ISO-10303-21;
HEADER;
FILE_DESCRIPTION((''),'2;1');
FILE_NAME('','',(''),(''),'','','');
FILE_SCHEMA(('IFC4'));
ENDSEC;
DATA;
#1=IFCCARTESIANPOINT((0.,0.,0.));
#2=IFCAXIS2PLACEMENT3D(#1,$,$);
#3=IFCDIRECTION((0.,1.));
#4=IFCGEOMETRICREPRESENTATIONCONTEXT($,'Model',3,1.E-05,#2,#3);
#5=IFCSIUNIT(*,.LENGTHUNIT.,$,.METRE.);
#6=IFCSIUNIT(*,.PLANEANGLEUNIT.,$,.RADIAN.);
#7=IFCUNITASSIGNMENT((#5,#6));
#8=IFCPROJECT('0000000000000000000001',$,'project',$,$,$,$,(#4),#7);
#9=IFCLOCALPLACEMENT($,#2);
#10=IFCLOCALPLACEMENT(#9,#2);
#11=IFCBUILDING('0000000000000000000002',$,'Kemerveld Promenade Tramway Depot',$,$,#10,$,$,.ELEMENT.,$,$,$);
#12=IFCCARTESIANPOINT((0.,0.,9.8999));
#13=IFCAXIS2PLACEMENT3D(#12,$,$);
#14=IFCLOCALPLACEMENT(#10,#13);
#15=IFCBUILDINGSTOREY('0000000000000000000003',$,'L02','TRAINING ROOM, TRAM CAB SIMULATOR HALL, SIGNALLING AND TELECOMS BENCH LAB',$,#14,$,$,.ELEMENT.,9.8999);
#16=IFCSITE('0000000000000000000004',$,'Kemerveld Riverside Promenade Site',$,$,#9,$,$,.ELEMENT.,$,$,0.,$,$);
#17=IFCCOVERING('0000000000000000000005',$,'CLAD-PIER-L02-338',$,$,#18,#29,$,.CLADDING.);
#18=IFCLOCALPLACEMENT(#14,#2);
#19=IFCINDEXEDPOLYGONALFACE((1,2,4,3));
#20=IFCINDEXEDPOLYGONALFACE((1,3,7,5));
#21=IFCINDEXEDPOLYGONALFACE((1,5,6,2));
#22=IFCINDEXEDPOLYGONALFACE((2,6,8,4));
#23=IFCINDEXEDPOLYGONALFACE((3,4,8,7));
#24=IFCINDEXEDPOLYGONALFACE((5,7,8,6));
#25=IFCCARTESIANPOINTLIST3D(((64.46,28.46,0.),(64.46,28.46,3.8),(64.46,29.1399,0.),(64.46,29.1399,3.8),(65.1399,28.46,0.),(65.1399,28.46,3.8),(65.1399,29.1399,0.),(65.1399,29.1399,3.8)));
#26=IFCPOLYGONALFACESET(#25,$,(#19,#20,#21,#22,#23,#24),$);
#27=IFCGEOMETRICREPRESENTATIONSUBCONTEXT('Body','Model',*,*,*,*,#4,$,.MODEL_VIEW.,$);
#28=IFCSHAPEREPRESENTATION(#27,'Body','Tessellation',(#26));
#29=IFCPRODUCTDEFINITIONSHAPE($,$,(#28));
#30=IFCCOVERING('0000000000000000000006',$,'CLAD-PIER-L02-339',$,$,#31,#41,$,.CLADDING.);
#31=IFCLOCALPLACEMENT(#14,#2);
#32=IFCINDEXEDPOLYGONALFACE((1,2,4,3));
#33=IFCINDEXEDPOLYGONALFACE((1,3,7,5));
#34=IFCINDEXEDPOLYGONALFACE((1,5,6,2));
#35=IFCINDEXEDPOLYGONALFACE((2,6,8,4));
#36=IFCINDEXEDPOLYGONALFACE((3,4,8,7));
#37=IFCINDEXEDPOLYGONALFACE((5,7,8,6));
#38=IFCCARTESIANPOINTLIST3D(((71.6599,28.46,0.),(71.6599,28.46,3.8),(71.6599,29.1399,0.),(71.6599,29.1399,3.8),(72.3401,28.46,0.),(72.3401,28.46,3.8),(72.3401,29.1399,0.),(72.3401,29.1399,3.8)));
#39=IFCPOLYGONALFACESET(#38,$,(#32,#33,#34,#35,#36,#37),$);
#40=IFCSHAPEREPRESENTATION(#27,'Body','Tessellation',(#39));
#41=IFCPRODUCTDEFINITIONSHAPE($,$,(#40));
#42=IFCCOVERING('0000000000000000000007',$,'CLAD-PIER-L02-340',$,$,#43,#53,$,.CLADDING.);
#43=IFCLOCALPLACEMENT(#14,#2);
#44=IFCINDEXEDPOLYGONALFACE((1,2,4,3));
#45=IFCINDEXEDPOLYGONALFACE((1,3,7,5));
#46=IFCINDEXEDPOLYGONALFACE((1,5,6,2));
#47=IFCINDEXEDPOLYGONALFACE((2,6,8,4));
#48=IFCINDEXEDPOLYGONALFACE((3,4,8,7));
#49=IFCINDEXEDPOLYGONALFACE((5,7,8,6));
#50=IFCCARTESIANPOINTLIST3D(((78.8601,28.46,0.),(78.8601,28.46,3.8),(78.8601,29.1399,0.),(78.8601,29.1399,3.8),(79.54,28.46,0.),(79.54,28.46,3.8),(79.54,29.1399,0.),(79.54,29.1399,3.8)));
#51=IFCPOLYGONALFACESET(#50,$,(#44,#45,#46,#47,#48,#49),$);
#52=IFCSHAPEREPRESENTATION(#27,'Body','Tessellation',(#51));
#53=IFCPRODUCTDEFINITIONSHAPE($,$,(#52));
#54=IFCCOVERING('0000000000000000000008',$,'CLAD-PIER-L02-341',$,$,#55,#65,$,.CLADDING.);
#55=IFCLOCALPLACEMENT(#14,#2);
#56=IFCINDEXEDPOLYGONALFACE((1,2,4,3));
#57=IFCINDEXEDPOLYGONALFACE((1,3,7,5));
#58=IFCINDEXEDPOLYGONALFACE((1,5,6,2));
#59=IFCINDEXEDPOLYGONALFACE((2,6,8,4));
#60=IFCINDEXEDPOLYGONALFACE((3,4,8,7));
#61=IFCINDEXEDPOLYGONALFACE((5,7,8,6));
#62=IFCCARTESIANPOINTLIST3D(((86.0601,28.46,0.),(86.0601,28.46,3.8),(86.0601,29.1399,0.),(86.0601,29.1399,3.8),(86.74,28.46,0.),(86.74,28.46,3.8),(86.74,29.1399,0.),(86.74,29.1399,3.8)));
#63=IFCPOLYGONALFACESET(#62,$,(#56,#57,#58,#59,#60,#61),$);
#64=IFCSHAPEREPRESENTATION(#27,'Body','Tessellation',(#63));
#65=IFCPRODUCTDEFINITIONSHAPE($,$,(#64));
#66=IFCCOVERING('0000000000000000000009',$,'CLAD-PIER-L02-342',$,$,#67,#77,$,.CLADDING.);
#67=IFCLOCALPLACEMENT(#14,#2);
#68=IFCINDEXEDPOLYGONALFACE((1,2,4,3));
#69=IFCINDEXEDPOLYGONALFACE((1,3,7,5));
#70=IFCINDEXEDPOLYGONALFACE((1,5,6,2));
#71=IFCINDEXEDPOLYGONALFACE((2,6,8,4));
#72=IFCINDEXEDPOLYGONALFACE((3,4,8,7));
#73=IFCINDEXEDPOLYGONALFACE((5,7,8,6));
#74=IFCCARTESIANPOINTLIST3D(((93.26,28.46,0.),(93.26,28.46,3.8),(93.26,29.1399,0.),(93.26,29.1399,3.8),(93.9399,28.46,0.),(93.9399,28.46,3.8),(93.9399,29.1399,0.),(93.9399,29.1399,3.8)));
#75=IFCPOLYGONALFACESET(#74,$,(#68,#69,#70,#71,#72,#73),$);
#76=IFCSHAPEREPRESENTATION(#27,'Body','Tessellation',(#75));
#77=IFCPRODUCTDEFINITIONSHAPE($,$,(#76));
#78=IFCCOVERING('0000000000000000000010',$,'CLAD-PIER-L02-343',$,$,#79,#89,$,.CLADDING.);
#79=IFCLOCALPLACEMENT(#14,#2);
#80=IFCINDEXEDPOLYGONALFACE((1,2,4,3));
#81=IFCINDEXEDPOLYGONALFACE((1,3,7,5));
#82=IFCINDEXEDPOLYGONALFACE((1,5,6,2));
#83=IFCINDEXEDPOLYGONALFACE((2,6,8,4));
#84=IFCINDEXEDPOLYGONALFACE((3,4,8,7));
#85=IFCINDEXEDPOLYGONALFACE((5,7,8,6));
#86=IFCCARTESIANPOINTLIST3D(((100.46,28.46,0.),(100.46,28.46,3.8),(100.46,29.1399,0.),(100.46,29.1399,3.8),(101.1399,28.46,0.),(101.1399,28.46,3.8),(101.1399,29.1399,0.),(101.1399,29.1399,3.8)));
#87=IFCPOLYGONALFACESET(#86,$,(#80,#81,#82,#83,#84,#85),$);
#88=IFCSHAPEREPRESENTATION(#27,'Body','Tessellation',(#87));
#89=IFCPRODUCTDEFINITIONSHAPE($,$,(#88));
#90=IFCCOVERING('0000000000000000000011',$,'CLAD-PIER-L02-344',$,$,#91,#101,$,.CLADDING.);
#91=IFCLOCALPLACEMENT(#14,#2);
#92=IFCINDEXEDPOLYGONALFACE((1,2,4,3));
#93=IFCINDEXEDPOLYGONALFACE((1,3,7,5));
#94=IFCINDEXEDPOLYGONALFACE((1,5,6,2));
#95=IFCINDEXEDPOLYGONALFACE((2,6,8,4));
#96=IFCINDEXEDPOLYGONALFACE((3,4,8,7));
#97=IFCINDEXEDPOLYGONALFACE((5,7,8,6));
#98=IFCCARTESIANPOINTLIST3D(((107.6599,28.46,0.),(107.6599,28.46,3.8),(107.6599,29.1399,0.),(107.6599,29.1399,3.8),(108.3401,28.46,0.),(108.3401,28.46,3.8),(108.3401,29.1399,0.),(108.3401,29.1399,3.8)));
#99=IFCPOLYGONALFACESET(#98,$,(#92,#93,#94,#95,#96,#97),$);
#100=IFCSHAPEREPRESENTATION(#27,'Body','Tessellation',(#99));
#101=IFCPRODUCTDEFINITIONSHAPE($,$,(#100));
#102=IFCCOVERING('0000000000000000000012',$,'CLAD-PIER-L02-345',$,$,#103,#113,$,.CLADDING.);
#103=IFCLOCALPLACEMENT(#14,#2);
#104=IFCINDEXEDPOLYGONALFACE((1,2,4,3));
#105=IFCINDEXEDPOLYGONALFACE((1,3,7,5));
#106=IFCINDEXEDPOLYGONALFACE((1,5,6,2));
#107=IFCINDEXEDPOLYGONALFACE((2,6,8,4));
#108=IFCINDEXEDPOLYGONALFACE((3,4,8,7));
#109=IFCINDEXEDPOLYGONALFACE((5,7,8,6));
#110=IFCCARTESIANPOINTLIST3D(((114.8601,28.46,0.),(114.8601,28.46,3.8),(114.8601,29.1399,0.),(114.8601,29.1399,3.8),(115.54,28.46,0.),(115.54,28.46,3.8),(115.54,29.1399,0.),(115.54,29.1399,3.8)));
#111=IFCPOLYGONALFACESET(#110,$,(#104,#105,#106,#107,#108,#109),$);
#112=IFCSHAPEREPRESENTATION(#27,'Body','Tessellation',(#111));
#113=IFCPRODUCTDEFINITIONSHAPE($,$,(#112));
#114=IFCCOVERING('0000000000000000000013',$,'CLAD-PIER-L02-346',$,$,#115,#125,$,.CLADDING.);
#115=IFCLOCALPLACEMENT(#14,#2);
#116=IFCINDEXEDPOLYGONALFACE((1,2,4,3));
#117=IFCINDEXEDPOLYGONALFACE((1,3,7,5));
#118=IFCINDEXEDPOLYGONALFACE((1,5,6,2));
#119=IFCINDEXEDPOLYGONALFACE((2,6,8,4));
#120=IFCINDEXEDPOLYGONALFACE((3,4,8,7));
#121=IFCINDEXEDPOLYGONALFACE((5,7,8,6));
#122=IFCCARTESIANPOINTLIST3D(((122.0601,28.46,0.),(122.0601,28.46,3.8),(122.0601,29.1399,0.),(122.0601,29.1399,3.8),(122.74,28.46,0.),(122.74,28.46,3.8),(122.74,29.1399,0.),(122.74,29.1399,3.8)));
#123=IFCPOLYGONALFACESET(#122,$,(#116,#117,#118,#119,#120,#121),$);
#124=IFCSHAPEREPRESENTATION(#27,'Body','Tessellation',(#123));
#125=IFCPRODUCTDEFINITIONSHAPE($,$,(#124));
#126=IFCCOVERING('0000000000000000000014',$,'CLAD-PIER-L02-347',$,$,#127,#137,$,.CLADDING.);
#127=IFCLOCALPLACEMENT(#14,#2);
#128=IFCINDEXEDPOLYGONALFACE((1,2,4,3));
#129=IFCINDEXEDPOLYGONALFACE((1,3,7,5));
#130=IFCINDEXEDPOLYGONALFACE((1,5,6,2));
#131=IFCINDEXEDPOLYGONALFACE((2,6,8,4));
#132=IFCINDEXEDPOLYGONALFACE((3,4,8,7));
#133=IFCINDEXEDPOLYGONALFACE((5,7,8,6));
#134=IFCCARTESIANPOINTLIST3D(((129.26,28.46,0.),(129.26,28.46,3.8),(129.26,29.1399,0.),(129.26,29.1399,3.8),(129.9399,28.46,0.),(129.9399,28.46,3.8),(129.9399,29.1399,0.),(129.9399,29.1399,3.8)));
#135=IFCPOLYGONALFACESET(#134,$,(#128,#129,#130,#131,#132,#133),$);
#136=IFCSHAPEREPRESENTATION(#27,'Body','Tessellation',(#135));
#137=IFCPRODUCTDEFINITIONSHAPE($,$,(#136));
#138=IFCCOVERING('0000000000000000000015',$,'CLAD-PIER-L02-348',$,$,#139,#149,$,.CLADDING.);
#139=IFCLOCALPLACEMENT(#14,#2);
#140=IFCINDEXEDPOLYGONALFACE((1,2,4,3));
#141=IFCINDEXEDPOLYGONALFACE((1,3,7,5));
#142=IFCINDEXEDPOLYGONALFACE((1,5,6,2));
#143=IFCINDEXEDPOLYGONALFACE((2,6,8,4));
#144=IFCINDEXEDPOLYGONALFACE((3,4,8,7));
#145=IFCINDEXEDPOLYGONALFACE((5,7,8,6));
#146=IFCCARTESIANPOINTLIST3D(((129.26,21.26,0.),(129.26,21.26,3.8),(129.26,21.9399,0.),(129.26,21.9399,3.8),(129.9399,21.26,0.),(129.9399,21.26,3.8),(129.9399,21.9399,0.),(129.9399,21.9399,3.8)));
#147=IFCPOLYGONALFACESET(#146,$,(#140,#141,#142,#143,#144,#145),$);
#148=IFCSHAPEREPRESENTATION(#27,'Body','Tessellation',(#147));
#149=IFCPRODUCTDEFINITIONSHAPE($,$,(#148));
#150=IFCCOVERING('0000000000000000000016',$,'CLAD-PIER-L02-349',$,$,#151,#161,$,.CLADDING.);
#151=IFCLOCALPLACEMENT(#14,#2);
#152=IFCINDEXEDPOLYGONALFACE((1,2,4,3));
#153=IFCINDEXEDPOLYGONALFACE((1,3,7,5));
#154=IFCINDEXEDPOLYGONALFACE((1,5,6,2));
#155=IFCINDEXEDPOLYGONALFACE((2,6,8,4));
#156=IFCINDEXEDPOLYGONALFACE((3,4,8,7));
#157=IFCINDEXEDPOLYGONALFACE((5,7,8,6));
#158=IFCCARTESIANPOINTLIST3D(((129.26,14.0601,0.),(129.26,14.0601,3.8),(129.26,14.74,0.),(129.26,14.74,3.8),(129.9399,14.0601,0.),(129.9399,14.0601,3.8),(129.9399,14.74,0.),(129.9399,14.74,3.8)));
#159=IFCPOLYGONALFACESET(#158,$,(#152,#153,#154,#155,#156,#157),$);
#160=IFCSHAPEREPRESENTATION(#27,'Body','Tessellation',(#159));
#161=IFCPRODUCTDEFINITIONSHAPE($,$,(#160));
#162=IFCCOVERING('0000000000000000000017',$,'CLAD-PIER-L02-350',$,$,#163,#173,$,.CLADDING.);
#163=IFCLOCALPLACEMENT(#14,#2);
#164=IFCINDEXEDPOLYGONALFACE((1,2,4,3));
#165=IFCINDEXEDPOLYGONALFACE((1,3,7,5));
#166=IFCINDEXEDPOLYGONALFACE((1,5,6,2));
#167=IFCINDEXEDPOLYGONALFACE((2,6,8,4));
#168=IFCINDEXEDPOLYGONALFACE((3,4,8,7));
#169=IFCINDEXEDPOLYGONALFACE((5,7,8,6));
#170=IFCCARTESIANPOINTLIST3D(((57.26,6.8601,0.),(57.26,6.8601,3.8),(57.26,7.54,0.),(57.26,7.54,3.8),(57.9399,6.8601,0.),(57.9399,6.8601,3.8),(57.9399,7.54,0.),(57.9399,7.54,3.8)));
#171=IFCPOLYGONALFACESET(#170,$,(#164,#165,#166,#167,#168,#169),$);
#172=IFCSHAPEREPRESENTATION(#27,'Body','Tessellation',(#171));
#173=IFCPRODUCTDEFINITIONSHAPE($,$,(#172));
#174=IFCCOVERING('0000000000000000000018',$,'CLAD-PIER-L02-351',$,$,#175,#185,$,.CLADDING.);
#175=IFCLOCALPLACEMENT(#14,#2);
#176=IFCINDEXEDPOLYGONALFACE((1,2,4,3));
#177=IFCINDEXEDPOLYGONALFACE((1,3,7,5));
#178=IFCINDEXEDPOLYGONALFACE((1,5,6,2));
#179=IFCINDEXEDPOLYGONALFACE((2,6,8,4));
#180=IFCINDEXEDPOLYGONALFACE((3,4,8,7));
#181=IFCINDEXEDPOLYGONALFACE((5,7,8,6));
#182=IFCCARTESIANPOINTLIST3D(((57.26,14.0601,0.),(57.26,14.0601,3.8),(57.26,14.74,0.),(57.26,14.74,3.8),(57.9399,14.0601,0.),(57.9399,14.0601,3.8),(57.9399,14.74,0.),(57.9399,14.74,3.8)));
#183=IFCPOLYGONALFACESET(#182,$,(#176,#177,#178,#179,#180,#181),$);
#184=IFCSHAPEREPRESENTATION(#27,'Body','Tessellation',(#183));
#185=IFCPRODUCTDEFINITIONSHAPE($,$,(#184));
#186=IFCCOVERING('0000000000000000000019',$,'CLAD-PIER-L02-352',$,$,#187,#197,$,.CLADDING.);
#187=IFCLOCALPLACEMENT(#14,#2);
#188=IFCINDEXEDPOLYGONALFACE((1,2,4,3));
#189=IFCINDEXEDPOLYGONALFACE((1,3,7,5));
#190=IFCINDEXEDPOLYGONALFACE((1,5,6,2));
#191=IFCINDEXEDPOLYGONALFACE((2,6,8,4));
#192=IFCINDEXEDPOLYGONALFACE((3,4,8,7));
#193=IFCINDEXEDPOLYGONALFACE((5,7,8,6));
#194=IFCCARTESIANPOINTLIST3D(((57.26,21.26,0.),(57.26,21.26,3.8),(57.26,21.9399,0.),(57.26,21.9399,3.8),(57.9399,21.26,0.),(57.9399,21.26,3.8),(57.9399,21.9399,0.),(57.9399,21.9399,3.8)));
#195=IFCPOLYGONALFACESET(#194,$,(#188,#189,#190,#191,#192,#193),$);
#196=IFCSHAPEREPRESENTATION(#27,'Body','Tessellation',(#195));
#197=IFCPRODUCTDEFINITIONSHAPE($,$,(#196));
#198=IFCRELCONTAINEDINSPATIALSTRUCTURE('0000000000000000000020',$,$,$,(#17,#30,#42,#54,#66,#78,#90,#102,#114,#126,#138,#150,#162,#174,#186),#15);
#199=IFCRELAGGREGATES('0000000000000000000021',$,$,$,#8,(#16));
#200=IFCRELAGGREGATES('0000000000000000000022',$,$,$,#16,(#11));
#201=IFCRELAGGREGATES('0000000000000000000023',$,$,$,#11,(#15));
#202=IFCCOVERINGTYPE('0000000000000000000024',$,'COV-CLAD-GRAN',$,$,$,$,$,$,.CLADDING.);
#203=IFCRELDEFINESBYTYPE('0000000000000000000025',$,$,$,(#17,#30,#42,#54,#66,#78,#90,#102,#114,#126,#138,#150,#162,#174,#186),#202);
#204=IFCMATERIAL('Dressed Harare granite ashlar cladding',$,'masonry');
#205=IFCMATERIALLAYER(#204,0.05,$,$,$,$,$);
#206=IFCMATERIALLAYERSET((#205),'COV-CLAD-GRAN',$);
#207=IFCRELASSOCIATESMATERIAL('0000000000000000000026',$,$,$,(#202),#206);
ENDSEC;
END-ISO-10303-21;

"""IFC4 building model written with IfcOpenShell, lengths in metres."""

from ifc_helpers import new_model, si_unit, direction, frame, origin, place, context, subcontext, project, spatial, polyline, outline, extrude, material, layer, layer_set, type_object, element, save


model = new_model("IFC4")

# Units and contexts
model_context = context("Model", 3, precision=1e-05, world=origin(), true_north=direction((0.0, 1.0)))
body_context = subcontext(model_context, "Body", "Model", "MODEL_VIEW")
ifc_project = project(units=[si_unit("LENGTHUNIT", "METRE"), si_unit("PLANEANGLEUNIT", "RADIAN")], contexts=[model_context])

# Site, building, storey
site_placement = place(None, origin())
site = spatial("IfcSite", under=ifc_project, at=site_placement, Name="Kemerveld Riverside Promenade Site", CompositionType="ELEMENT", RefElevation=0.0)
building_placement = place(site_placement, origin())
building = spatial("IfcBuilding", under=site, at=building_placement, Name="Kemerveld Promenade Tramway Depot", CompositionType="ELEMENT")
storey_placement = place(building_placement, frame((0.0, 0.0, 9.8999)))
storey = spatial("IfcBuildingStorey", under=building, at=storey_placement, Name="L02", Description="TRAINING ROOM, TRAM CAB SIMULATOR HALL, SIGNALLING AND TELECOMS BENCH LAB", CompositionType="ELEMENT", Elevation=9.8999)

# Coverings
ifc_material_1 = material(Name="Dressed Harare granite ashlar cladding", Category="masonry")
ifc_layer_1 = layer(ifc_material_1, 0.05)
ifc_layer_set_1 = layer_set([ifc_layer_1], Name="COV-CLAD-GRAN")
covering_type = type_object("IfcCoveringType", Name="COV-CLAD-GRAN", PredefinedType="CLADDING", material=ifc_layer_set_1)
covering_1_placement = place(storey_placement, origin())
element("IfcCovering", 1, at=covering_1_placement, inside=storey, type_object=covering_type, Name="CLAD-PIER-L02-338", PredefinedType="CLADDING", context=body_context, shape_type="SweptSolid", body=[
    extrude(outline(polyline([(64.46, 28.46), (65.1399, 28.46), (65.1399, 29.1399), (64.46, 29.1399), (64.46, 28.46)])), origin(), (0.0, 0.0, 1.0), 3.8),
])
covering_2_placement = place(storey_placement, origin())
element("IfcCovering", 2, at=covering_2_placement, inside=storey, type_object=covering_type, Name="CLAD-PIER-L02-339", PredefinedType="CLADDING", context=body_context, shape_type="SweptSolid", body=[
    extrude(outline(polyline([(71.6599, 28.46), (72.3401, 28.46), (72.3401, 29.1399), (71.6599, 29.1399), (71.6599, 28.46)])), origin(), (0.0, 0.0, 1.0), 3.8),
])
covering_3_placement = place(storey_placement, origin())
element("IfcCovering", 3, at=covering_3_placement, inside=storey, type_object=covering_type, Name="CLAD-PIER-L02-340", PredefinedType="CLADDING", context=body_context, shape_type="SweptSolid", body=[
    extrude(outline(polyline([(78.8601, 28.46), (79.54, 28.46), (79.54, 29.1399), (78.8601, 29.1399), (78.8601, 28.46)])), origin(), (0.0, 0.0, 1.0), 3.8),
])
covering_4_placement = place(storey_placement, origin())
element("IfcCovering", 4, at=covering_4_placement, inside=storey, type_object=covering_type, Name="CLAD-PIER-L02-341", PredefinedType="CLADDING", context=body_context, shape_type="SweptSolid", body=[
    extrude(outline(polyline([(86.0601, 28.46), (86.74, 28.46), (86.74, 29.1399), (86.0601, 29.1399), (86.0601, 28.46)])), origin(), (0.0, 0.0, 1.0), 3.8),
])
covering_5_placement = place(storey_placement, origin())
element("IfcCovering", 5, at=covering_5_placement, inside=storey, type_object=covering_type, Name="CLAD-PIER-L02-342", PredefinedType="CLADDING", context=body_context, shape_type="SweptSolid", body=[
    extrude(outline(polyline([(93.26, 28.46), (93.9399, 28.46), (93.9399, 29.1399), (93.26, 29.1399), (93.26, 28.46)])), origin(), (0.0, 0.0, 1.0), 3.8),
])
covering_6_placement = place(storey_placement, origin())
element("IfcCovering", 6, at=covering_6_placement, inside=storey, type_object=covering_type, Name="CLAD-PIER-L02-343", PredefinedType="CLADDING", context=body_context, shape_type="SweptSolid", body=[
    extrude(outline(polyline([(100.46, 28.46), (101.1399, 28.46), (101.1399, 29.1399), (100.46, 29.1399), (100.46, 28.46)])), origin(), (0.0, 0.0, 1.0), 3.8),
])
covering_7_placement = place(storey_placement, origin())
element("IfcCovering", 7, at=covering_7_placement, inside=storey, type_object=covering_type, Name="CLAD-PIER-L02-344", PredefinedType="CLADDING", context=body_context, shape_type="SweptSolid", body=[
    extrude(outline(polyline([(107.6599, 28.46), (108.3401, 28.46), (108.3401, 29.1399), (107.6599, 29.1399), (107.6599, 28.46)])), origin(), (0.0, 0.0, 1.0), 3.8),
])
covering_8_placement = place(storey_placement, origin())
element("IfcCovering", 8, at=covering_8_placement, inside=storey, type_object=covering_type, Name="CLAD-PIER-L02-345", PredefinedType="CLADDING", context=body_context, shape_type="SweptSolid", body=[
    extrude(outline(polyline([(114.8601, 28.46), (115.54, 28.46), (115.54, 29.1399), (114.8601, 29.1399), (114.8601, 28.46)])), origin(), (0.0, 0.0, 1.0), 3.8),
])
covering_9_placement = place(storey_placement, origin())
element("IfcCovering", 9, at=covering_9_placement, inside=storey, type_object=covering_type, Name="CLAD-PIER-L02-346", PredefinedType="CLADDING", context=body_context, shape_type="SweptSolid", body=[
    extrude(outline(polyline([(122.0601, 28.46), (122.74, 28.46), (122.74, 29.1399), (122.0601, 29.1399), (122.0601, 28.46)])), origin(), (0.0, 0.0, 1.0), 3.8),
])
covering_10_placement = place(storey_placement, origin())
element("IfcCovering", 10, at=covering_10_placement, inside=storey, type_object=covering_type, Name="CLAD-PIER-L02-347", PredefinedType="CLADDING", context=body_context, shape_type="SweptSolid", body=[
    extrude(outline(polyline([(129.26, 28.46), (129.9399, 28.46), (129.9399, 29.1399), (129.26, 29.1399), (129.26, 28.46)])), origin(), (0.0, 0.0, 1.0), 3.8),
])
covering_11_placement = place(storey_placement, origin())
element("IfcCovering", 11, at=covering_11_placement, inside=storey, type_object=covering_type, Name="CLAD-PIER-L02-348", PredefinedType="CLADDING", context=body_context, shape_type="SweptSolid", body=[
    extrude(outline(polyline([(129.26, 21.26), (129.9399, 21.26), (129.9399, 21.9399), (129.26, 21.9399), (129.26, 21.26)])), origin(), (0.0, 0.0, 1.0), 3.8),
])
covering_12_placement = place(storey_placement, origin())
element("IfcCovering", 12, at=covering_12_placement, inside=storey, type_object=covering_type, Name="CLAD-PIER-L02-349", PredefinedType="CLADDING", context=body_context, shape_type="SweptSolid", body=[
    extrude(outline(polyline([(129.26, 14.0601), (129.9399, 14.0601), (129.9399, 14.74), (129.26, 14.74), (129.26, 14.0601)])), origin(), (0.0, 0.0, 1.0), 3.8),
])
covering_13_placement = place(storey_placement, origin())
element("IfcCovering", 13, at=covering_13_placement, inside=storey, type_object=covering_type, Name="CLAD-PIER-L02-350", PredefinedType="CLADDING", context=body_context, shape_type="SweptSolid", body=[
    extrude(outline(polyline([(57.26, 6.8601), (57.9399, 6.8601), (57.9399, 7.54), (57.26, 7.54), (57.26, 6.8601)])), origin(), (0.0, 0.0, 1.0), 3.8),
])
covering_14_placement = place(storey_placement, origin())
element("IfcCovering", 14, at=covering_14_placement, inside=storey, type_object=covering_type, Name="CLAD-PIER-L02-351", PredefinedType="CLADDING", context=body_context, shape_type="SweptSolid", body=[
    extrude(outline(polyline([(57.26, 14.0601), (57.9399, 14.0601), (57.9399, 14.74), (57.26, 14.74), (57.26, 14.0601)])), origin(), (0.0, 0.0, 1.0), 3.8),
])
covering_15_placement = place(storey_placement, origin())
element("IfcCovering", 15, at=covering_15_placement, inside=storey, type_object=covering_type, Name="CLAD-PIER-L02-352", PredefinedType="CLADDING", context=body_context, shape_type="SweptSolid", body=[
    extrude(outline(polyline([(57.26, 21.26), (57.9399, 21.26), (57.9399, 21.9399), (57.26, 21.9399), (57.26, 21.26)])), origin(), (0.0, 0.0, 1.0), 3.8),
])

save(model, "model.ifc")
